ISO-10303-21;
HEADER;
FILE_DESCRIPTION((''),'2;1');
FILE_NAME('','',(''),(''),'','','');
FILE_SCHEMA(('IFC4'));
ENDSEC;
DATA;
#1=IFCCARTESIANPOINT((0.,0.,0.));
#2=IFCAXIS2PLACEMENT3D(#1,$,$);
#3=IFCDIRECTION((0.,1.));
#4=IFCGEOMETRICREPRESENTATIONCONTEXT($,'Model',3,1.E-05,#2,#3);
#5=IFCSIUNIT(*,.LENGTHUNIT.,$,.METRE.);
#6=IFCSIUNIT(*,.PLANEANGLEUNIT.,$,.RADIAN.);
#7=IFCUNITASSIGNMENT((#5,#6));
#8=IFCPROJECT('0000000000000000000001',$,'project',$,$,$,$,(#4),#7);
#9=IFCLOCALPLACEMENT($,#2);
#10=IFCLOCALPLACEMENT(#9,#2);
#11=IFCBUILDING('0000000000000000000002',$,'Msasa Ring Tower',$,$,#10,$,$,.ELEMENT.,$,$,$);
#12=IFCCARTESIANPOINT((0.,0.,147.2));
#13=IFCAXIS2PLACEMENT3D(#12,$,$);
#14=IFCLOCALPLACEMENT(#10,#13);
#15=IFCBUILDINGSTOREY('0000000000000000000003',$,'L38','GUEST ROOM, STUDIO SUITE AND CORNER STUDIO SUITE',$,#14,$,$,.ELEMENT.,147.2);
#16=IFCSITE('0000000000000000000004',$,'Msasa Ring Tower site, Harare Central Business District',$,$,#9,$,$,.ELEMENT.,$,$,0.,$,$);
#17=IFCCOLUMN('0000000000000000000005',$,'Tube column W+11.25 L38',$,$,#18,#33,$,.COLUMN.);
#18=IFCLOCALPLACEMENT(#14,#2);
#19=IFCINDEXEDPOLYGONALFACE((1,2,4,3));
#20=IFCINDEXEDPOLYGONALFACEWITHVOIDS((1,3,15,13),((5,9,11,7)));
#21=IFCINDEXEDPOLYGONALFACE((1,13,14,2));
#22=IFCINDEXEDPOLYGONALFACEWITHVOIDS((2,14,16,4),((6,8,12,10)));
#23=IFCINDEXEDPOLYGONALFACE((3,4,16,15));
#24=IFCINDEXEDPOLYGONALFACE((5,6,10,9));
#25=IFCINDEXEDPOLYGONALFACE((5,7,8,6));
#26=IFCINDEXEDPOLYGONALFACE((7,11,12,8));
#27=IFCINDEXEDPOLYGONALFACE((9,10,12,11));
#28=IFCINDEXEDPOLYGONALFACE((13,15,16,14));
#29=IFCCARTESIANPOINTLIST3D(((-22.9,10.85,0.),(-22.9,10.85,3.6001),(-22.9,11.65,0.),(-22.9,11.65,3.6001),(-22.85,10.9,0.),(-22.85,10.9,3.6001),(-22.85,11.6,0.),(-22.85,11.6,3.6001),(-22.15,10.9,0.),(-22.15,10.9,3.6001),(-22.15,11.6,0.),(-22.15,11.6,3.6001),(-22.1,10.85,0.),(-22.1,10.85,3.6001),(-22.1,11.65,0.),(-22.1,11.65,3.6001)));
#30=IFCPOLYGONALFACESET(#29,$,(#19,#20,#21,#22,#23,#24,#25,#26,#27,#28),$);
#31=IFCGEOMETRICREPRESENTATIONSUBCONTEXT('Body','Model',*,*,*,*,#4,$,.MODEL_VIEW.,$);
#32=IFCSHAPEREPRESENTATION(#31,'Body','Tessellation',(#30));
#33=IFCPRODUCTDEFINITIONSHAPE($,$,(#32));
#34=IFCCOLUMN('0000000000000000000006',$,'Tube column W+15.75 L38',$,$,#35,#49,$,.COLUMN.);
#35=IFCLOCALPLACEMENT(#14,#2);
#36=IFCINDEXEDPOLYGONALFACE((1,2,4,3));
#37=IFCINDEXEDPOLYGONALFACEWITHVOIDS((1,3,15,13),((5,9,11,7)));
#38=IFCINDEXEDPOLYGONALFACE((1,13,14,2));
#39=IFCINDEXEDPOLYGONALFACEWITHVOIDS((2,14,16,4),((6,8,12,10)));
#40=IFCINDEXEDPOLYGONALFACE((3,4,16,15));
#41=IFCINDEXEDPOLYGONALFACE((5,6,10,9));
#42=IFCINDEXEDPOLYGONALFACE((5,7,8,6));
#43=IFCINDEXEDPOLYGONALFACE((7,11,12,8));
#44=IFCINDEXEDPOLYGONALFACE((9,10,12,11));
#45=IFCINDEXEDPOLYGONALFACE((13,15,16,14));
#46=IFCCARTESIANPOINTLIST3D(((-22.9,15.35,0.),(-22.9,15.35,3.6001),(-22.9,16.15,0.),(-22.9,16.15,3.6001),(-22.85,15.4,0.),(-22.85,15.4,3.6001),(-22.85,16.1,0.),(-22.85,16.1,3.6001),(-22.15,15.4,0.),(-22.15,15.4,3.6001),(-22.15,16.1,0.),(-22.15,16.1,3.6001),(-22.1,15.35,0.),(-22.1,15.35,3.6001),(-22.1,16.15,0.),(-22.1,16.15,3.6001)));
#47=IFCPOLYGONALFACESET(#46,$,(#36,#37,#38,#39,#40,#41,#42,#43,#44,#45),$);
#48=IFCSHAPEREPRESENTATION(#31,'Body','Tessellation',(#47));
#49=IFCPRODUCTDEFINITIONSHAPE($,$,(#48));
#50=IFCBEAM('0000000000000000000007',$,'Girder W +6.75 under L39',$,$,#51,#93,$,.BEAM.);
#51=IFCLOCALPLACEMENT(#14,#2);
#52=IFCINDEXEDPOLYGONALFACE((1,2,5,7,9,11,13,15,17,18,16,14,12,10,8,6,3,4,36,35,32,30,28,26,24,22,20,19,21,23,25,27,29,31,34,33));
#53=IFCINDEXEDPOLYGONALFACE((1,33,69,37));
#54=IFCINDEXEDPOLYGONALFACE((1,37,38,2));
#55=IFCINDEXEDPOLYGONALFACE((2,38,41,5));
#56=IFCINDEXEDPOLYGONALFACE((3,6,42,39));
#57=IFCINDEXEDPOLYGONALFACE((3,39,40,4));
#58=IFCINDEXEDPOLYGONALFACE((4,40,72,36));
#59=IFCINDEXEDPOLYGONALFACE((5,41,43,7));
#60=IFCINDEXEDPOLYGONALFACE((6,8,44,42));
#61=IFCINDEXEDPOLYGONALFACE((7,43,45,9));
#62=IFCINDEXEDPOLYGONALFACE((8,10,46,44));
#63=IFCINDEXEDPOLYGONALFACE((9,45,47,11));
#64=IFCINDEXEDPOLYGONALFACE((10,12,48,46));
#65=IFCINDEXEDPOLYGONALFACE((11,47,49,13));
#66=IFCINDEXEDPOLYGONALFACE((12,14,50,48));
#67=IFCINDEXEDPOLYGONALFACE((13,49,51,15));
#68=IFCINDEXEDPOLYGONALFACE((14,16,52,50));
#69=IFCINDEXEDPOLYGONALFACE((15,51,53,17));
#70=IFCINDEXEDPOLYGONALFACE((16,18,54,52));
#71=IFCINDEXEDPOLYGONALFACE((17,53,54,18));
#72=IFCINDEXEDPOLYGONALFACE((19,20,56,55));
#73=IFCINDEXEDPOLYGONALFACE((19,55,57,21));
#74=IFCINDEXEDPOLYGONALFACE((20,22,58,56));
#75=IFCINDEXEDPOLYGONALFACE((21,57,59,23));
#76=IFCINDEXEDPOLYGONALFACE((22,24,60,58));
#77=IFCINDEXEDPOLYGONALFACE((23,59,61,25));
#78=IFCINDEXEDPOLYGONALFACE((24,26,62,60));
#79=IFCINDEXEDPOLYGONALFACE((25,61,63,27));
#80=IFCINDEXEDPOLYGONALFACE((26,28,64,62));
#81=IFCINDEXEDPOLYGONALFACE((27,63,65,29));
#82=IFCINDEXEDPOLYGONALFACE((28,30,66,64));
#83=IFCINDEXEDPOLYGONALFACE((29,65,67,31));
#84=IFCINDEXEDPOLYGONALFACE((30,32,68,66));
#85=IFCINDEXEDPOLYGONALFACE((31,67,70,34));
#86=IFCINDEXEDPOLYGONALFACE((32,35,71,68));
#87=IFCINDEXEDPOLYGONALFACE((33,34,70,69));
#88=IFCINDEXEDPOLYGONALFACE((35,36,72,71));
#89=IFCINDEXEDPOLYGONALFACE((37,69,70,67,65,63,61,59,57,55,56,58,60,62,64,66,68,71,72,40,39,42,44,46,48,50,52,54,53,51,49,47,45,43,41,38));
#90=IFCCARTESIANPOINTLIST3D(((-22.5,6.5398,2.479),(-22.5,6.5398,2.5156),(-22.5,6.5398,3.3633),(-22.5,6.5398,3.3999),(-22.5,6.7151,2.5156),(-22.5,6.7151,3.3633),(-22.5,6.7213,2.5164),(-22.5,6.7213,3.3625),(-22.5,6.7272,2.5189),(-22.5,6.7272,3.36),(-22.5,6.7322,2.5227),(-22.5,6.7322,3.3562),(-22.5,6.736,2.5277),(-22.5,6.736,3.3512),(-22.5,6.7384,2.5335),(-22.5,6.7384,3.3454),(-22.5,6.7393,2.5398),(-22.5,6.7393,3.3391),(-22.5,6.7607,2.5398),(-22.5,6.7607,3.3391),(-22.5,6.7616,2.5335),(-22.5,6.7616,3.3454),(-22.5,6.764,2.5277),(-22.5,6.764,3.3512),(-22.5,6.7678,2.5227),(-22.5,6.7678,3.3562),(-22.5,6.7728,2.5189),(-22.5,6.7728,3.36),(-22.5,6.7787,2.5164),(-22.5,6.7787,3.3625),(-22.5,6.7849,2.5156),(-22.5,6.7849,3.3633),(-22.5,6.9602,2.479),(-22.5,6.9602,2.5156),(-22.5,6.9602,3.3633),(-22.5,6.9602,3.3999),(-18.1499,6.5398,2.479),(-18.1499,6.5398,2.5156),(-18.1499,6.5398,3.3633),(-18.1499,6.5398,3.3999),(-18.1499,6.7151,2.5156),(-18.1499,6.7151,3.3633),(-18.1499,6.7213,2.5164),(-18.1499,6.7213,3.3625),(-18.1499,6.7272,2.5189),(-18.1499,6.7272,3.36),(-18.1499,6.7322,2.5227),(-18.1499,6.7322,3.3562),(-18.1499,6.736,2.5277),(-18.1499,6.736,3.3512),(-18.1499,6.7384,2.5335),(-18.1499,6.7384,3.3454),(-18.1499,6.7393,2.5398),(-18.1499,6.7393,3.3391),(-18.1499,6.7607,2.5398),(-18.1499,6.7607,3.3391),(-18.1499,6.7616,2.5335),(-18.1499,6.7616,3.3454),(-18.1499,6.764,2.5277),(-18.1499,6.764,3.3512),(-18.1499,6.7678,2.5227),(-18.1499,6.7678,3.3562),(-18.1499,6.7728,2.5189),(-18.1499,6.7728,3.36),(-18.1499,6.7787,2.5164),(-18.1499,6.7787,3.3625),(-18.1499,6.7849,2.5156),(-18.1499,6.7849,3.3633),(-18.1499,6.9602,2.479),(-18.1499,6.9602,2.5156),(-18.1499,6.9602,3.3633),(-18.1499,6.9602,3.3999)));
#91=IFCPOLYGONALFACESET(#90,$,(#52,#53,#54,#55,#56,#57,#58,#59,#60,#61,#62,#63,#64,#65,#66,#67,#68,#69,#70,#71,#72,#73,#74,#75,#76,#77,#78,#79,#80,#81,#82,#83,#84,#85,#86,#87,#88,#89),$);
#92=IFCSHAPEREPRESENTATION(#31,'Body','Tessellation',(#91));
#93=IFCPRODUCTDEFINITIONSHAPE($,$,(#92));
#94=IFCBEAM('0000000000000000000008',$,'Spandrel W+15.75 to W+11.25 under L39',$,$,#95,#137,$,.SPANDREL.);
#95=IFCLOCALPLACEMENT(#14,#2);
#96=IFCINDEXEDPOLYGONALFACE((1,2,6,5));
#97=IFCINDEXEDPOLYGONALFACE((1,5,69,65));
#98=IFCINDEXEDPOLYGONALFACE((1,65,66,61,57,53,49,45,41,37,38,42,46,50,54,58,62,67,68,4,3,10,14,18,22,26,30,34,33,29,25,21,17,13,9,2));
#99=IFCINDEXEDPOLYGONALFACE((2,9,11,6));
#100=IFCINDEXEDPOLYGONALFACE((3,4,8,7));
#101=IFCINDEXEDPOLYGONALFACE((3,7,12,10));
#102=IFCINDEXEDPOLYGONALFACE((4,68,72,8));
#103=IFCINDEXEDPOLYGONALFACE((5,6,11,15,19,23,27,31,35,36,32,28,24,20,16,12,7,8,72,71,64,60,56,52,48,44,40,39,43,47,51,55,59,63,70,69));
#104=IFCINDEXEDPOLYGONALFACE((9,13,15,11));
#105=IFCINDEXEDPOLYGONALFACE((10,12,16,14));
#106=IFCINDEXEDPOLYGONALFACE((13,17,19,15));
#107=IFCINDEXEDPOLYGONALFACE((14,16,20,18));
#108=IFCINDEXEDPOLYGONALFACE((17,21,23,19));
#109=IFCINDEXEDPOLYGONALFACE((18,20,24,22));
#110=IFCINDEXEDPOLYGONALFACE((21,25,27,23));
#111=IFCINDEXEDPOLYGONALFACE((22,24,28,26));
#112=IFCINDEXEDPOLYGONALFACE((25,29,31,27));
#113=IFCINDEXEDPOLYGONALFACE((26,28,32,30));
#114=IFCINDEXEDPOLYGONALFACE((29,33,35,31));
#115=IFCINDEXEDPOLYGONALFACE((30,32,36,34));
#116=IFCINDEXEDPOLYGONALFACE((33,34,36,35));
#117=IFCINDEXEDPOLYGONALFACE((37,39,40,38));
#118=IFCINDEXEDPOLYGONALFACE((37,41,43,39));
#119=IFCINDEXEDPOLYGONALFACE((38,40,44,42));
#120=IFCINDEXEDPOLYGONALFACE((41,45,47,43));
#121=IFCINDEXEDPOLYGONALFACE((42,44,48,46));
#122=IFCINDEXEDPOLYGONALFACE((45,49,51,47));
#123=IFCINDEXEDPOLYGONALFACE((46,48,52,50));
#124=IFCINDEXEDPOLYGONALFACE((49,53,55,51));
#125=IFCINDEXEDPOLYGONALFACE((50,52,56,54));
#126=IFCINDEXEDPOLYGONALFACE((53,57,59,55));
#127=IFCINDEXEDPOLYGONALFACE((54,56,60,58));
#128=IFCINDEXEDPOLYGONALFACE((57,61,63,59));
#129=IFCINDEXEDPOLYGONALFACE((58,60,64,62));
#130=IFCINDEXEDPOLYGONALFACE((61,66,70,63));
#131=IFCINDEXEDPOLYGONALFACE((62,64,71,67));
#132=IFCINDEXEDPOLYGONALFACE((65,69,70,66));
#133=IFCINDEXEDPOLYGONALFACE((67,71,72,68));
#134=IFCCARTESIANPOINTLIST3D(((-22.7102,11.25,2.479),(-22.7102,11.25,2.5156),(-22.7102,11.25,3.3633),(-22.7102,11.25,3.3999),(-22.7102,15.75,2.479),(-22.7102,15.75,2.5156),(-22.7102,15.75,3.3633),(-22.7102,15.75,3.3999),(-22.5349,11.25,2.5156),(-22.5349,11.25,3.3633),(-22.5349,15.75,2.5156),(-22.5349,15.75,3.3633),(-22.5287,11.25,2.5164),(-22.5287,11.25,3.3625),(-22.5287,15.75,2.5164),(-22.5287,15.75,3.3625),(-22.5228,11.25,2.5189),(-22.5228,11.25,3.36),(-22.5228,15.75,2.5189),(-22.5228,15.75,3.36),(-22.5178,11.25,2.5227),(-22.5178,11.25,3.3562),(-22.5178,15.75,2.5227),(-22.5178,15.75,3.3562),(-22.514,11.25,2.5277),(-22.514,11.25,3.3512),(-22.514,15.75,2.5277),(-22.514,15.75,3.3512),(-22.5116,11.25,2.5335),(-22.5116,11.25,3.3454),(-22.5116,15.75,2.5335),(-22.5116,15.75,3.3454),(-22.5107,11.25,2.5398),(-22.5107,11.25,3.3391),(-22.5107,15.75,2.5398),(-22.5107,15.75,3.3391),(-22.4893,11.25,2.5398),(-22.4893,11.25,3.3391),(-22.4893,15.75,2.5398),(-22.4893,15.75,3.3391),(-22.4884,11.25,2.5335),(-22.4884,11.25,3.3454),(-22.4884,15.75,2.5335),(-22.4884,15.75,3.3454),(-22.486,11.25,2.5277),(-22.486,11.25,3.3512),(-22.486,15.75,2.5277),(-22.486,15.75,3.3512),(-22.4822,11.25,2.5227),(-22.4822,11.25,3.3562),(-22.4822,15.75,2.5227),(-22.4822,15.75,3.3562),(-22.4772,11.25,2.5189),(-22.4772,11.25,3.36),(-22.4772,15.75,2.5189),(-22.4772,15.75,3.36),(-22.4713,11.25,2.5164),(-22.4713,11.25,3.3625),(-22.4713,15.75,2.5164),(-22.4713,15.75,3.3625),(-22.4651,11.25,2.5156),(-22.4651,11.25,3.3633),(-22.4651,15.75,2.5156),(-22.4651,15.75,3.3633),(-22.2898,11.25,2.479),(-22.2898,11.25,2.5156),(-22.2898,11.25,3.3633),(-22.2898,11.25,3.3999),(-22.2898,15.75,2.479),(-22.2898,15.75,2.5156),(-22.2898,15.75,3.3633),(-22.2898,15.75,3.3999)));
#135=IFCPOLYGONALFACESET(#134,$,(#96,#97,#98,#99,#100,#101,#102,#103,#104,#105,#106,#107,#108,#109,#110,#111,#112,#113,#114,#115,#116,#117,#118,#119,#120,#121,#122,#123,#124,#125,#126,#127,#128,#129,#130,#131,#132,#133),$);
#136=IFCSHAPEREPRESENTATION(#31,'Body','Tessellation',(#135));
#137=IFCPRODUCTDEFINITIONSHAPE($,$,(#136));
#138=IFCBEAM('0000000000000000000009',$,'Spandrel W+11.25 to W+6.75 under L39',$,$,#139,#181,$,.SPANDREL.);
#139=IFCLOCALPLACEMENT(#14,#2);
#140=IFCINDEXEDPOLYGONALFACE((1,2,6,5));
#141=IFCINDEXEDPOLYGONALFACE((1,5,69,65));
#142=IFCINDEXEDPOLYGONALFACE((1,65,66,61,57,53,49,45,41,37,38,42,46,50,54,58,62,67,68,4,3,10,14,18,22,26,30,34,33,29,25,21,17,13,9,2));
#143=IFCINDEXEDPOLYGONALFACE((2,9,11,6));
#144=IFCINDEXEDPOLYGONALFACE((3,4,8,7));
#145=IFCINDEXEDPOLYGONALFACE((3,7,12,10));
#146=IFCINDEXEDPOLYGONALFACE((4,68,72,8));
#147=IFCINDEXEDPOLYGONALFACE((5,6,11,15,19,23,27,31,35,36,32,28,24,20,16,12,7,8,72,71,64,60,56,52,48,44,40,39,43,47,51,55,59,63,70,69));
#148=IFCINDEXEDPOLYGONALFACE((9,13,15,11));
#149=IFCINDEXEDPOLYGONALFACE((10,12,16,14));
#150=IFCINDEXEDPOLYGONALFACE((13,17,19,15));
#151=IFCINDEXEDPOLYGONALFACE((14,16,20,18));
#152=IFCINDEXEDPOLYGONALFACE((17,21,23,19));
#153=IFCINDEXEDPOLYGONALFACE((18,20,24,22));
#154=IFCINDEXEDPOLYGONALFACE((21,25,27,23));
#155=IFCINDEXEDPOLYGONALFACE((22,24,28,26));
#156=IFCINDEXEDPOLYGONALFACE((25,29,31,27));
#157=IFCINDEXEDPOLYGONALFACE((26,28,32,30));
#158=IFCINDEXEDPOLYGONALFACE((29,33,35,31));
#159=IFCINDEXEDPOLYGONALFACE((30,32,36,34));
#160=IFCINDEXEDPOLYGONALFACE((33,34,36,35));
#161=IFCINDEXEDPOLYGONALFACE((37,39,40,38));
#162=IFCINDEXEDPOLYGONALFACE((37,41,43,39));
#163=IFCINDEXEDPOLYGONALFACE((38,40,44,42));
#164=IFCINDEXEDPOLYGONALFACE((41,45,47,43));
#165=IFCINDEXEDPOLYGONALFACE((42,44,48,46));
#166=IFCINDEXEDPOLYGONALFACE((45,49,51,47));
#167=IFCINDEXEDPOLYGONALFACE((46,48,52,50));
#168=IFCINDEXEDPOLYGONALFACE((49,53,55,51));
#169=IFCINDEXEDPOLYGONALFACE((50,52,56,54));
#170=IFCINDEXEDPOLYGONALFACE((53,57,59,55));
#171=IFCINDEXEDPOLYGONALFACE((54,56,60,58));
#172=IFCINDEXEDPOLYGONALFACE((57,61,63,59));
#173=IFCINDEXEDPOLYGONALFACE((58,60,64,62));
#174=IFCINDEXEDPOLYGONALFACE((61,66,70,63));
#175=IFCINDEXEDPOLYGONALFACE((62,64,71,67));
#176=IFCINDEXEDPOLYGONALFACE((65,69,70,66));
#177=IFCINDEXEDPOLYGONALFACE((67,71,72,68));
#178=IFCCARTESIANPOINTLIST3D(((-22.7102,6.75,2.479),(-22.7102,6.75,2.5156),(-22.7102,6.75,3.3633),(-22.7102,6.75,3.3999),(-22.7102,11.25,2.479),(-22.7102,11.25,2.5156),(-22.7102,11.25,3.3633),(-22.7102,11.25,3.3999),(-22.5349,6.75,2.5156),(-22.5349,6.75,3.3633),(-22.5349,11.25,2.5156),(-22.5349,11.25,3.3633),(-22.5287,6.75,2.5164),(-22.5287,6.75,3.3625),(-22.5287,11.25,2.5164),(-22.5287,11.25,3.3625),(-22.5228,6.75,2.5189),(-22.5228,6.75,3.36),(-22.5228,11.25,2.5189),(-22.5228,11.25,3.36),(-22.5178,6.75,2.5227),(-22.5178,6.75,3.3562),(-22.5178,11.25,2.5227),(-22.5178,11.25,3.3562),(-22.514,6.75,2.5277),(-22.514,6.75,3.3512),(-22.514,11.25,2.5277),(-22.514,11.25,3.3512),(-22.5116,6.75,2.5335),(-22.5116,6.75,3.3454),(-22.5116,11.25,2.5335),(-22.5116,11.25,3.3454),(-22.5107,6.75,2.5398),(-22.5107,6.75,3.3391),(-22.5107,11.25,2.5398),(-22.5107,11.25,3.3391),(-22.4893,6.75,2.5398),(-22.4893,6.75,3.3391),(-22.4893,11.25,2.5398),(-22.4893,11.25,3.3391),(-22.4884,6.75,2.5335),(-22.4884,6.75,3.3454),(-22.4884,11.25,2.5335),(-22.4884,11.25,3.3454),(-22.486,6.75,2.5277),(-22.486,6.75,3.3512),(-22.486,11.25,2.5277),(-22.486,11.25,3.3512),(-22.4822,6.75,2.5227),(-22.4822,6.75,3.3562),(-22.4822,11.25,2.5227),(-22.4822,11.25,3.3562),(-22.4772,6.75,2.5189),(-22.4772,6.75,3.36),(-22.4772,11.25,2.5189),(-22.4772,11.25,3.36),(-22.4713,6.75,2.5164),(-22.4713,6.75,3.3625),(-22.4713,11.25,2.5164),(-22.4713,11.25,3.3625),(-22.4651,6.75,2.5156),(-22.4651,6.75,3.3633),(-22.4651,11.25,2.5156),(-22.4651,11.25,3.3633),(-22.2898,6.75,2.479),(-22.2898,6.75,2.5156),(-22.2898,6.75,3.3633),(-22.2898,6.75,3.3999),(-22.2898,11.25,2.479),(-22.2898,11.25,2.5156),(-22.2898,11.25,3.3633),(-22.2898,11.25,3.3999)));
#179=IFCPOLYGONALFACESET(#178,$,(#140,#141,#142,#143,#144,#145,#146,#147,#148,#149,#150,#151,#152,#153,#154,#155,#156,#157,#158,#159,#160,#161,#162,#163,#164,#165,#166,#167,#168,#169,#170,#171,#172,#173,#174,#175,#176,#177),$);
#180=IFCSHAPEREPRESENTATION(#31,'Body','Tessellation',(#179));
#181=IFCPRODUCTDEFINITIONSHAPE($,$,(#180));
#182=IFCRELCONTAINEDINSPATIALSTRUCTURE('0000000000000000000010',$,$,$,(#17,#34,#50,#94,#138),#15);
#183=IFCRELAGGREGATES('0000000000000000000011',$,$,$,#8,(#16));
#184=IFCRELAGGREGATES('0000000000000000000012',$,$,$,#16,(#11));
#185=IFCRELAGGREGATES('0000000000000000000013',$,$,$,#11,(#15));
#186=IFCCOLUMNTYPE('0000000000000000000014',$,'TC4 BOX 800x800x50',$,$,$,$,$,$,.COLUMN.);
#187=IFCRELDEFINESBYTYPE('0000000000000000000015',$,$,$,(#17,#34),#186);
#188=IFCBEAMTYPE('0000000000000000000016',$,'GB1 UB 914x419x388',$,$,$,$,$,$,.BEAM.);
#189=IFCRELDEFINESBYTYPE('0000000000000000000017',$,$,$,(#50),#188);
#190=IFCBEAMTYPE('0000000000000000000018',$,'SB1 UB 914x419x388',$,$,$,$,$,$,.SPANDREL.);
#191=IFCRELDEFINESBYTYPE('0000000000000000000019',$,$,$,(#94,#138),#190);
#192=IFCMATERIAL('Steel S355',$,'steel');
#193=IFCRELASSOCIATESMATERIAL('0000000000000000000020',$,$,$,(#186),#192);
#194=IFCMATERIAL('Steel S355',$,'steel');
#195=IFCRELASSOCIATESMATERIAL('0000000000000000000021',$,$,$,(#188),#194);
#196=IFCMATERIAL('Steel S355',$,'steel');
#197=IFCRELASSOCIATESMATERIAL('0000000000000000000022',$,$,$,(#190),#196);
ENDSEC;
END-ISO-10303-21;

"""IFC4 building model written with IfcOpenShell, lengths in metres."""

from ifc_helpers import new_model, si_unit, direction, frame, origin, origin_2d, place, context, subcontext, project, spatial, hollow_rectangle, i_section, extrude, material, material_profile, profile_set, type_object, element, save


model = new_model("IFC4")

# Units and contexts
model_context = context("Model", 3, precision=1e-05, world=origin(), true_north=direction((0.0, 1.0)))
body_context = subcontext(model_context, "Body", "Model", "MODEL_VIEW")
ifc_project = project(units=[si_unit("LENGTHUNIT", "METRE"), si_unit("PLANEANGLEUNIT", "RADIAN")], contexts=[model_context])

# Site, building, storey
site_placement = place(None, origin())
site = spatial("IfcSite", under=ifc_project, at=site_placement, Name="Msasa Ring Tower site, Harare Central Business District", CompositionType="ELEMENT", RefElevation=0.0)
building_placement = place(site_placement, origin())
building = spatial("IfcBuilding", under=site, at=building_placement, Name="Msasa Ring Tower", CompositionType="ELEMENT")
storey_placement = place(building_placement, frame((0.0, 0.0, 147.2)))
storey = spatial("IfcBuildingStorey", under=building, at=storey_placement, Name="L38", Description="GUEST ROOM, STUDIO SUITE AND CORNER STUDIO SUITE", CompositionType="ELEMENT", Elevation=147.2)

# Columns
ifc_material_1 = material(Name="Steel S355", Category="steel")
ifc_material_profile_1 = material_profile(ifc_material_1, hollow_rectangle(XDim=0.8, YDim=0.8, WallThickness=0.05, at=origin_2d()), Name="BOX 800x800x50")
ifc_profile_set_1 = profile_set([ifc_material_profile_1], Name="Steel S355")
column_type = type_object("IfcColumnType", Name="TC4 BOX 800x800x50", PredefinedType="COLUMN", material=ifc_profile_set_1)
for number, where, z_axis, x_axis, name in (
    (1, (-22.5, 11.25, 0.0), (0.0, 0.0, 1.0), (1.0, 0.0, 0.0), "Tube column W+11.25 L38"),
    (2, (-22.5, 15.75, 0.0), (0.0, 0.0, 1.0), (1.0, 0.0, 0.0), "Tube column W+15.75 L38"),
):
    element("IfcColumn", number, at=place(storey_placement, frame(where, z_axis=z_axis, x_axis=x_axis)), inside=storey, type_object=column_type, Name=name, PredefinedType="COLUMN", context=body_context, shape_type="SweptSolid", body=[
        extrude(hollow_rectangle(XDim=0.8, YDim=0.8, WallThickness=0.05, at=origin_2d()), origin(), (0.0, 0.0, 1.0), 3.6001),
    ])

# Beams
ifc_material_2 = material(Name="Steel S355", Category="steel")
ifc_material_profile_2 = material_profile(ifc_material_2, i_section(OverallWidth=0.4204, OverallDepth=0.9209, WebThickness=0.0215, FlangeThickness=0.0366, FilletRadius=0.0242, at=origin_2d()), Name="UB 914x419x388")
ifc_profile_set_2 = profile_set([ifc_material_profile_2], Name="Steel S355")
beam_type_1 = type_object("IfcBeamType", Name="GB1 UB 914x419x388", PredefinedType="BEAM", material=ifc_profile_set_2)
beam_placement = place(storey_placement, frame((-18.1499, 6.75, 2.9395), z_axis=(-1.0, 0.0, 0.0), x_axis=(0.0, -1.0, 0.0)))
element("IfcBeam", 3, at=beam_placement, inside=storey, type_object=beam_type_1, Name="Girder W +6.75 under L39", PredefinedType="BEAM", context=body_context, shape_type="SweptSolid", body=[
    extrude(i_section(OverallWidth=0.4204, OverallDepth=0.9209, WebThickness=0.0215, FlangeThickness=0.0366, FilletRadius=0.0242, at=origin_2d()), origin(), (0.0, 0.0, 1.0), 4.3501),
])
ifc_material_3 = material(Name="Steel S355", Category="steel")
ifc_material_profile_3 = material_profile(ifc_material_3, i_section(OverallWidth=0.4204, OverallDepth=0.9209, WebThickness=0.0215, FlangeThickness=0.0366, FilletRadius=0.0242, at=origin_2d()), Name="UB 914x419x388")
ifc_profile_set_3 = profile_set([ifc_material_profile_3], Name="Steel S355")
beam_type_2 = type_object("IfcBeamType", Name="SB1 UB 914x419x388", PredefinedType="SPANDREL", material=ifc_profile_set_3)
for number, where, z_axis, x_axis, name in (
    (4, (-22.5, 15.75, 2.9395), (0.0, -1.0, 0.0), (1.0, 0.0, 0.0), "Spandrel W+15.75 to W+11.25 under L39"),
    (5, (-22.5, 11.25, 2.9395), (0.0, -1.0, 0.0), (1.0, 0.0, 0.0), "Spandrel W+11.25 to W+6.75 under L39"),
):
    element("IfcBeam", number, at=place(storey_placement, frame(where, z_axis=z_axis, x_axis=x_axis)), inside=storey, type_object=beam_type_2, Name=name, PredefinedType="SPANDREL", context=body_context, shape_type="SweptSolid", body=[
        extrude(i_section(OverallWidth=0.4204, OverallDepth=0.9209, WebThickness=0.0215, FlangeThickness=0.0366, FilletRadius=0.0242, at=origin_2d()), origin(), (0.0, 0.0, 1.0), 4.5),
    ])

save(model, "model.ifc")
